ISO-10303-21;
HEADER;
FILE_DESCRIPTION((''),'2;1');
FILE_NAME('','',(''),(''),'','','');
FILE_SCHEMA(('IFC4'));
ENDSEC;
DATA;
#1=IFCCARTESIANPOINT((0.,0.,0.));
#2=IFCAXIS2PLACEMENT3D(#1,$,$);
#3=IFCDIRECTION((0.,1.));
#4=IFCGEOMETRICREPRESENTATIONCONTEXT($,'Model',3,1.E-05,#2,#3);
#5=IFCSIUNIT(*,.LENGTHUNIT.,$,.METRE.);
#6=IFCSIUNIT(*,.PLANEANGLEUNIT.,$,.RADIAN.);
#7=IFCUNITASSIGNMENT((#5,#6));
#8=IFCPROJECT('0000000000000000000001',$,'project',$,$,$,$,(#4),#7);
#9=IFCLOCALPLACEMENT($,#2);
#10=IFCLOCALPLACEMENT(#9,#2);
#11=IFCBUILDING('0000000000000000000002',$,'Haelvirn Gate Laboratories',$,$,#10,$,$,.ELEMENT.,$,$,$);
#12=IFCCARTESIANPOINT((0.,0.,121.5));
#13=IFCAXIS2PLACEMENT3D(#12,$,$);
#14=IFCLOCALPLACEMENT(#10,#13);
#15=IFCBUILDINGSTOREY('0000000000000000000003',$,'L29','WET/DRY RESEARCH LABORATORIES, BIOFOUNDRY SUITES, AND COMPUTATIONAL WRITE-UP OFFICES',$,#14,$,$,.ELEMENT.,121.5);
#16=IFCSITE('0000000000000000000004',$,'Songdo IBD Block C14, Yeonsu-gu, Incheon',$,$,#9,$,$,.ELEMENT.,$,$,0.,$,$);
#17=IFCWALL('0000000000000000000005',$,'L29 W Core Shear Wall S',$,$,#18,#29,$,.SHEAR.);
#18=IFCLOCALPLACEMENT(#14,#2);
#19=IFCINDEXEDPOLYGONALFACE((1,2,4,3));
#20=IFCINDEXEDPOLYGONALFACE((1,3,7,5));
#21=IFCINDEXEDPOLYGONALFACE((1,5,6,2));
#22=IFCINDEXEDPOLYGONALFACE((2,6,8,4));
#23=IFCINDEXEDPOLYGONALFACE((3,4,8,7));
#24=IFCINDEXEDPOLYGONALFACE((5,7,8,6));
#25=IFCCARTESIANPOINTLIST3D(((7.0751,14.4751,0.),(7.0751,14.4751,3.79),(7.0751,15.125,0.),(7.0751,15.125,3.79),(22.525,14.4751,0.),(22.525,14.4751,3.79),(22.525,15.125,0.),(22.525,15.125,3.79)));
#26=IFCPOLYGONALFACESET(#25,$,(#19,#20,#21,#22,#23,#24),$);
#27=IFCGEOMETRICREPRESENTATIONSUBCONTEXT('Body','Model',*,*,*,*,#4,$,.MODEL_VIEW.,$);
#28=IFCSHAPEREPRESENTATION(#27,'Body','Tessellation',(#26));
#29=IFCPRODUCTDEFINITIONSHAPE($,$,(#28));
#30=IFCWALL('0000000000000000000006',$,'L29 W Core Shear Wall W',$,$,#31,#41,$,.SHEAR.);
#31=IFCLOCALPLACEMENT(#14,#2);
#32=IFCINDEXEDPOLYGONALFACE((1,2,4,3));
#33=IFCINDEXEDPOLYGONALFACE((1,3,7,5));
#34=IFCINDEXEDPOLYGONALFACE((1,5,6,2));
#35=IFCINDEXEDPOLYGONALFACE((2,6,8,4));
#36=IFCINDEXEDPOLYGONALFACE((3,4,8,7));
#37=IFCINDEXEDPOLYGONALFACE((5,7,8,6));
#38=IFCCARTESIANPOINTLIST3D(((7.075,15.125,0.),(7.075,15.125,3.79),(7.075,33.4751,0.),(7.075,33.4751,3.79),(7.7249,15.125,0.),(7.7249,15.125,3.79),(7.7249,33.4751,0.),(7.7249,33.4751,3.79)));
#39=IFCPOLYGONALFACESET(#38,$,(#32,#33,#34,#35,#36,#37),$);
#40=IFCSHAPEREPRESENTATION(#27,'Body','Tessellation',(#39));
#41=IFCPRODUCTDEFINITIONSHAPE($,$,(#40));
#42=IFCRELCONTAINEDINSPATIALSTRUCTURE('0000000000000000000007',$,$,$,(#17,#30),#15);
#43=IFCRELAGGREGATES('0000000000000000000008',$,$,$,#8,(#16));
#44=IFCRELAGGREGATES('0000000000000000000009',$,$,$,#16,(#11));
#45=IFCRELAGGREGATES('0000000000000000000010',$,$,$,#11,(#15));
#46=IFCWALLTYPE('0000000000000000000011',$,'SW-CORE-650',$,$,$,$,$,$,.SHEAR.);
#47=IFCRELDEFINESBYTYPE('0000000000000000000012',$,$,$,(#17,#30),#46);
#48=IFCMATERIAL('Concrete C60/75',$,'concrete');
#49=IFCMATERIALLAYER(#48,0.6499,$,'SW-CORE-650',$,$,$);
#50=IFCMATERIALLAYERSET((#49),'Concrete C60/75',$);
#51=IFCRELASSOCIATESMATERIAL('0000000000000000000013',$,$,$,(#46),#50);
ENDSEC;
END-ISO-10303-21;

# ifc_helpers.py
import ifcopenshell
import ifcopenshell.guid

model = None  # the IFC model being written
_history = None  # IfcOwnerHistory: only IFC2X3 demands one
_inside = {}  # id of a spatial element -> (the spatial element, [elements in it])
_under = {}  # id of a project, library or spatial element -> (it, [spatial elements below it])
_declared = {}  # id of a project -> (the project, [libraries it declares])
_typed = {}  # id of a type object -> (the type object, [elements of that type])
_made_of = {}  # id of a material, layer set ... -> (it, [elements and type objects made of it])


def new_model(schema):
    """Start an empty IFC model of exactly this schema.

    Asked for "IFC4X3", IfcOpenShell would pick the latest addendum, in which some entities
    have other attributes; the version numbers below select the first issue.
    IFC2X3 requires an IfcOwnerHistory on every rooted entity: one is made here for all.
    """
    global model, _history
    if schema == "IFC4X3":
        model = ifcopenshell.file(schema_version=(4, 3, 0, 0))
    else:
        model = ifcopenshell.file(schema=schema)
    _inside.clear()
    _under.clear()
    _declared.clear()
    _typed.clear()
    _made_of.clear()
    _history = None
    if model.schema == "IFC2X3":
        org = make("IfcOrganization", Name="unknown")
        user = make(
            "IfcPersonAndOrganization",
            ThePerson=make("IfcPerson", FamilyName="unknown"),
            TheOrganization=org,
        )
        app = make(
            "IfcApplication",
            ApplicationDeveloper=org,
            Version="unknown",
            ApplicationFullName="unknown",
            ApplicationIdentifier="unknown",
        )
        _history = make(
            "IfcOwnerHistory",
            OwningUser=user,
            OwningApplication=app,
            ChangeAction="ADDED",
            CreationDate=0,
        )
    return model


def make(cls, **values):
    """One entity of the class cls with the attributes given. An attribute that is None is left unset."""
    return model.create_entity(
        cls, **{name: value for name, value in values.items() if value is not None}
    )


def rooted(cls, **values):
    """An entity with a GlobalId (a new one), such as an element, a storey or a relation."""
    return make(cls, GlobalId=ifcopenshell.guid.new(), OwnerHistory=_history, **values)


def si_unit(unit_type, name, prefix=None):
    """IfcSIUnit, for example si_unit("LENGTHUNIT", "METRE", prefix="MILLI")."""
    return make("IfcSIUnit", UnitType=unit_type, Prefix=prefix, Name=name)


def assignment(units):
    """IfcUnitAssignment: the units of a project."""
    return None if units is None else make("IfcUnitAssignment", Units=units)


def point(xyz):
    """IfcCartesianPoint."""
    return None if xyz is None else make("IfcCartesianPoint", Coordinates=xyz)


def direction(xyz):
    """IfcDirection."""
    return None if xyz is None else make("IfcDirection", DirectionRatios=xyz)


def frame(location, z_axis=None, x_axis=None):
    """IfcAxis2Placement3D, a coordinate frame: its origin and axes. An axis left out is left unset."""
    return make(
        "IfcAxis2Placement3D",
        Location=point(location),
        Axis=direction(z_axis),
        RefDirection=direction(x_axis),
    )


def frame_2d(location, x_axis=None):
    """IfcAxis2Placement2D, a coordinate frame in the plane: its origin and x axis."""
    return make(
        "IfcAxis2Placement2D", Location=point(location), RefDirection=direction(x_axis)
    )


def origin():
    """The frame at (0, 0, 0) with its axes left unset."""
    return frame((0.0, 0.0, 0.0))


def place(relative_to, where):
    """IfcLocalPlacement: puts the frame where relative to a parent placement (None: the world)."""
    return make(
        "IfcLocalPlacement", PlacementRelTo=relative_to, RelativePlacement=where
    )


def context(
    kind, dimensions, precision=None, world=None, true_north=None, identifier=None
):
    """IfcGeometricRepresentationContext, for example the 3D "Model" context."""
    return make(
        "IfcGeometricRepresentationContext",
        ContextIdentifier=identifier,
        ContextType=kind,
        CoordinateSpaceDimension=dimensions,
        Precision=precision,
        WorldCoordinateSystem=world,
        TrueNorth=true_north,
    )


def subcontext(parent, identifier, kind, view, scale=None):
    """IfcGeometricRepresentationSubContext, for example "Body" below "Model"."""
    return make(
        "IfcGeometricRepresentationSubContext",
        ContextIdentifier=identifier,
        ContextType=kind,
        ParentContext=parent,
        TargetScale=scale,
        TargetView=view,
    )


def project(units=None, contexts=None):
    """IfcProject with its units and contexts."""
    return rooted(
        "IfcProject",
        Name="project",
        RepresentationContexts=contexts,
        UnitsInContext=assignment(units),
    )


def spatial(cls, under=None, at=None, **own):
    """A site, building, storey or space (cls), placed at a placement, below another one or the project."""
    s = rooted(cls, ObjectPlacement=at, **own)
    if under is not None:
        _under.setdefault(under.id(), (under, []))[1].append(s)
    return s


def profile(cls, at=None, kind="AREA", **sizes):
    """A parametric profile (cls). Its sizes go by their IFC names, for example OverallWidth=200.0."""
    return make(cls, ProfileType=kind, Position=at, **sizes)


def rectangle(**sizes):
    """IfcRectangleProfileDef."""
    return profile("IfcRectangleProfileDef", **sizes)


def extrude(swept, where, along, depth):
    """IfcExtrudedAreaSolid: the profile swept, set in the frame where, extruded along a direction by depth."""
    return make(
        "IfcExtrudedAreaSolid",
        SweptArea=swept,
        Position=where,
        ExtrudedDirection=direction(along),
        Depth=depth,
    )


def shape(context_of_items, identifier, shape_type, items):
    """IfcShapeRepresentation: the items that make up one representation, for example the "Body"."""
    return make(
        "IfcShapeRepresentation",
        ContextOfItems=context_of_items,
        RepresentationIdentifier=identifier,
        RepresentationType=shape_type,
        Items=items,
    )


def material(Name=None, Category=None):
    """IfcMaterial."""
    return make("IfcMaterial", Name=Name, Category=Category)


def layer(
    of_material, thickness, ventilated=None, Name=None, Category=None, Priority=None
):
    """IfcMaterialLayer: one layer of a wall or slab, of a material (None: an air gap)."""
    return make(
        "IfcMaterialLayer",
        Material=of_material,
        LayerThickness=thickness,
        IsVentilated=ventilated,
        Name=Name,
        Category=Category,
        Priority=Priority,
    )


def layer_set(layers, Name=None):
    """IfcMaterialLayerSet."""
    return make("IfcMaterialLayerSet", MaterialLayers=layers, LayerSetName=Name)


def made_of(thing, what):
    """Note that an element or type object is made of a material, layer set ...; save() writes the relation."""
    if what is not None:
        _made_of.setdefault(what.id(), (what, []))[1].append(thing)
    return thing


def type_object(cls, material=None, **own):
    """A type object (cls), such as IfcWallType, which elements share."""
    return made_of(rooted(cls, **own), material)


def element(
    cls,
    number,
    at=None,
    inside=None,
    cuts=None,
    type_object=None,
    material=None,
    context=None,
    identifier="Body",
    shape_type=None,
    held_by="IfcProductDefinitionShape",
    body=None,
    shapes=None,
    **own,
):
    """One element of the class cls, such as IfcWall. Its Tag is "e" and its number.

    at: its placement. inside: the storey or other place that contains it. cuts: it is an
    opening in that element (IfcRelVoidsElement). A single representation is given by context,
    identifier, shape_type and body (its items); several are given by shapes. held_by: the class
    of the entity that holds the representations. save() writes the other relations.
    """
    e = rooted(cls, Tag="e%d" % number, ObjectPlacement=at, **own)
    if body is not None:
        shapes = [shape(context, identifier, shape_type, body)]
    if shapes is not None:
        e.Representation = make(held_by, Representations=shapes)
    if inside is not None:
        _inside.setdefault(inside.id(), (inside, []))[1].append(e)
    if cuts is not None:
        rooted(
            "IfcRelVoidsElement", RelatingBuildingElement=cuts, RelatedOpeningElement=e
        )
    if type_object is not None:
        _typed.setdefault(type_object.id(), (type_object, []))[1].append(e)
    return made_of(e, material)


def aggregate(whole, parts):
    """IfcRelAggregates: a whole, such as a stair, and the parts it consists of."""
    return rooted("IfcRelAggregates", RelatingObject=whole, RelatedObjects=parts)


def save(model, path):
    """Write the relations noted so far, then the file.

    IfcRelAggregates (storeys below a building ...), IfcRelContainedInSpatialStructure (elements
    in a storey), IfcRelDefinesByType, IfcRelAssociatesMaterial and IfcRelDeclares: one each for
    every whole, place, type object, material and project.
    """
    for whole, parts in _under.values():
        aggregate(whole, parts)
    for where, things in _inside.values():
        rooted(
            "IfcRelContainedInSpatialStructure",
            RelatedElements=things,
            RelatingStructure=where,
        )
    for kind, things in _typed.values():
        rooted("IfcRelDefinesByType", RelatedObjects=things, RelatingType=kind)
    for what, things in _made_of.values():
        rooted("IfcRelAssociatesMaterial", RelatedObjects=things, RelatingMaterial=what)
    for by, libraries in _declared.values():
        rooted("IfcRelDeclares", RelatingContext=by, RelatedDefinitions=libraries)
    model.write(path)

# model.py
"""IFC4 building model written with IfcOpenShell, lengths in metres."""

from ifc_helpers import new_model, si_unit, direction, frame, frame_2d, origin, place, context, subcontext, project, spatial, rectangle, extrude, material, layer, layer_set, type_object, element, save


model = new_model("IFC4")

# Units and contexts
model_context = context("Model", 3, precision=1e-05, world=origin(), true_north=direction((0.0, 1.0)))
body_context = subcontext(model_context, "Body", "Model", "MODEL_VIEW")
ifc_project = project(units=[si_unit("LENGTHUNIT", "METRE"), si_unit("PLANEANGLEUNIT", "RADIAN")], contexts=[model_context])

# Site, building, storey
site_placement = place(None, origin())
site = spatial("IfcSite", under=ifc_project, at=site_placement, Name="Songdo IBD Block C14, Yeonsu-gu, Incheon", CompositionType="ELEMENT", RefElevation=0.0)
building_placement = place(site_placement, origin())
building = spatial("IfcBuilding", under=site, at=building_placement, Name="Haelvirn Gate Laboratories", CompositionType="ELEMENT")
storey_placement = place(building_placement, frame((0.0, 0.0, 121.5)))
storey = spatial("IfcBuildingStorey", under=building, at=storey_placement, Name="L29", Description="WET/DRY RESEARCH LABORATORIES, BIOFOUNDRY SUITES, AND COMPUTATIONAL WRITE-UP OFFICES", CompositionType="ELEMENT", Elevation=121.5)

# Shared definitions
ifc_material_1 = material(Name="Concrete C60/75", Category="concrete")

# Walls
ifc_layer_1 = layer(ifc_material_1, 0.6499, Name="SW-CORE-650")
ifc_layer_set_1 = layer_set([ifc_layer_1], Name="Concrete C60/75")
wall_type_1 = type_object("IfcWallType", Name="SW-CORE-650", PredefinedType="SHEAR", material=ifc_layer_set_1)
wall_1_placement = place(storey_placement, frame((7.075, 14.8, 0.0), z_axis=(0.0, 0.0, 1.0), x_axis=(1.0, 0.0, 0.0)))
element("IfcWall", 1, at=wall_1_placement, inside=storey, type_object=wall_type_1, Name="L29 W Core Shear Wall S", PredefinedType="SHEAR", context=body_context, shape_type="SweptSolid", body=[
    extrude(rectangle(XDim=15.45, YDim=0.6499, at=frame_2d((7.7251, 0.0))), origin(), (0.0, 0.0, 1.0), 3.79),
])
wall_2_placement = place(storey_placement, frame((7.3999, 15.125, 0.0), z_axis=(0.0, 0.0, 1.0), x_axis=(0.0, 1.0, 0.0)))
element("IfcWall", 2, at=wall_2_placement, inside=storey, type_object=wall_type_1, Name="L29 W Core Shear Wall W", PredefinedType="SHEAR", context=body_context, shape_type="SweptSolid", body=[
    extrude(rectangle(XDim=18.3501, YDim=0.6499, at=frame_2d((9.175, 0.0))), origin(), (0.0, 0.0, 1.0), 3.79),
])

save(model, "model.ifc")
